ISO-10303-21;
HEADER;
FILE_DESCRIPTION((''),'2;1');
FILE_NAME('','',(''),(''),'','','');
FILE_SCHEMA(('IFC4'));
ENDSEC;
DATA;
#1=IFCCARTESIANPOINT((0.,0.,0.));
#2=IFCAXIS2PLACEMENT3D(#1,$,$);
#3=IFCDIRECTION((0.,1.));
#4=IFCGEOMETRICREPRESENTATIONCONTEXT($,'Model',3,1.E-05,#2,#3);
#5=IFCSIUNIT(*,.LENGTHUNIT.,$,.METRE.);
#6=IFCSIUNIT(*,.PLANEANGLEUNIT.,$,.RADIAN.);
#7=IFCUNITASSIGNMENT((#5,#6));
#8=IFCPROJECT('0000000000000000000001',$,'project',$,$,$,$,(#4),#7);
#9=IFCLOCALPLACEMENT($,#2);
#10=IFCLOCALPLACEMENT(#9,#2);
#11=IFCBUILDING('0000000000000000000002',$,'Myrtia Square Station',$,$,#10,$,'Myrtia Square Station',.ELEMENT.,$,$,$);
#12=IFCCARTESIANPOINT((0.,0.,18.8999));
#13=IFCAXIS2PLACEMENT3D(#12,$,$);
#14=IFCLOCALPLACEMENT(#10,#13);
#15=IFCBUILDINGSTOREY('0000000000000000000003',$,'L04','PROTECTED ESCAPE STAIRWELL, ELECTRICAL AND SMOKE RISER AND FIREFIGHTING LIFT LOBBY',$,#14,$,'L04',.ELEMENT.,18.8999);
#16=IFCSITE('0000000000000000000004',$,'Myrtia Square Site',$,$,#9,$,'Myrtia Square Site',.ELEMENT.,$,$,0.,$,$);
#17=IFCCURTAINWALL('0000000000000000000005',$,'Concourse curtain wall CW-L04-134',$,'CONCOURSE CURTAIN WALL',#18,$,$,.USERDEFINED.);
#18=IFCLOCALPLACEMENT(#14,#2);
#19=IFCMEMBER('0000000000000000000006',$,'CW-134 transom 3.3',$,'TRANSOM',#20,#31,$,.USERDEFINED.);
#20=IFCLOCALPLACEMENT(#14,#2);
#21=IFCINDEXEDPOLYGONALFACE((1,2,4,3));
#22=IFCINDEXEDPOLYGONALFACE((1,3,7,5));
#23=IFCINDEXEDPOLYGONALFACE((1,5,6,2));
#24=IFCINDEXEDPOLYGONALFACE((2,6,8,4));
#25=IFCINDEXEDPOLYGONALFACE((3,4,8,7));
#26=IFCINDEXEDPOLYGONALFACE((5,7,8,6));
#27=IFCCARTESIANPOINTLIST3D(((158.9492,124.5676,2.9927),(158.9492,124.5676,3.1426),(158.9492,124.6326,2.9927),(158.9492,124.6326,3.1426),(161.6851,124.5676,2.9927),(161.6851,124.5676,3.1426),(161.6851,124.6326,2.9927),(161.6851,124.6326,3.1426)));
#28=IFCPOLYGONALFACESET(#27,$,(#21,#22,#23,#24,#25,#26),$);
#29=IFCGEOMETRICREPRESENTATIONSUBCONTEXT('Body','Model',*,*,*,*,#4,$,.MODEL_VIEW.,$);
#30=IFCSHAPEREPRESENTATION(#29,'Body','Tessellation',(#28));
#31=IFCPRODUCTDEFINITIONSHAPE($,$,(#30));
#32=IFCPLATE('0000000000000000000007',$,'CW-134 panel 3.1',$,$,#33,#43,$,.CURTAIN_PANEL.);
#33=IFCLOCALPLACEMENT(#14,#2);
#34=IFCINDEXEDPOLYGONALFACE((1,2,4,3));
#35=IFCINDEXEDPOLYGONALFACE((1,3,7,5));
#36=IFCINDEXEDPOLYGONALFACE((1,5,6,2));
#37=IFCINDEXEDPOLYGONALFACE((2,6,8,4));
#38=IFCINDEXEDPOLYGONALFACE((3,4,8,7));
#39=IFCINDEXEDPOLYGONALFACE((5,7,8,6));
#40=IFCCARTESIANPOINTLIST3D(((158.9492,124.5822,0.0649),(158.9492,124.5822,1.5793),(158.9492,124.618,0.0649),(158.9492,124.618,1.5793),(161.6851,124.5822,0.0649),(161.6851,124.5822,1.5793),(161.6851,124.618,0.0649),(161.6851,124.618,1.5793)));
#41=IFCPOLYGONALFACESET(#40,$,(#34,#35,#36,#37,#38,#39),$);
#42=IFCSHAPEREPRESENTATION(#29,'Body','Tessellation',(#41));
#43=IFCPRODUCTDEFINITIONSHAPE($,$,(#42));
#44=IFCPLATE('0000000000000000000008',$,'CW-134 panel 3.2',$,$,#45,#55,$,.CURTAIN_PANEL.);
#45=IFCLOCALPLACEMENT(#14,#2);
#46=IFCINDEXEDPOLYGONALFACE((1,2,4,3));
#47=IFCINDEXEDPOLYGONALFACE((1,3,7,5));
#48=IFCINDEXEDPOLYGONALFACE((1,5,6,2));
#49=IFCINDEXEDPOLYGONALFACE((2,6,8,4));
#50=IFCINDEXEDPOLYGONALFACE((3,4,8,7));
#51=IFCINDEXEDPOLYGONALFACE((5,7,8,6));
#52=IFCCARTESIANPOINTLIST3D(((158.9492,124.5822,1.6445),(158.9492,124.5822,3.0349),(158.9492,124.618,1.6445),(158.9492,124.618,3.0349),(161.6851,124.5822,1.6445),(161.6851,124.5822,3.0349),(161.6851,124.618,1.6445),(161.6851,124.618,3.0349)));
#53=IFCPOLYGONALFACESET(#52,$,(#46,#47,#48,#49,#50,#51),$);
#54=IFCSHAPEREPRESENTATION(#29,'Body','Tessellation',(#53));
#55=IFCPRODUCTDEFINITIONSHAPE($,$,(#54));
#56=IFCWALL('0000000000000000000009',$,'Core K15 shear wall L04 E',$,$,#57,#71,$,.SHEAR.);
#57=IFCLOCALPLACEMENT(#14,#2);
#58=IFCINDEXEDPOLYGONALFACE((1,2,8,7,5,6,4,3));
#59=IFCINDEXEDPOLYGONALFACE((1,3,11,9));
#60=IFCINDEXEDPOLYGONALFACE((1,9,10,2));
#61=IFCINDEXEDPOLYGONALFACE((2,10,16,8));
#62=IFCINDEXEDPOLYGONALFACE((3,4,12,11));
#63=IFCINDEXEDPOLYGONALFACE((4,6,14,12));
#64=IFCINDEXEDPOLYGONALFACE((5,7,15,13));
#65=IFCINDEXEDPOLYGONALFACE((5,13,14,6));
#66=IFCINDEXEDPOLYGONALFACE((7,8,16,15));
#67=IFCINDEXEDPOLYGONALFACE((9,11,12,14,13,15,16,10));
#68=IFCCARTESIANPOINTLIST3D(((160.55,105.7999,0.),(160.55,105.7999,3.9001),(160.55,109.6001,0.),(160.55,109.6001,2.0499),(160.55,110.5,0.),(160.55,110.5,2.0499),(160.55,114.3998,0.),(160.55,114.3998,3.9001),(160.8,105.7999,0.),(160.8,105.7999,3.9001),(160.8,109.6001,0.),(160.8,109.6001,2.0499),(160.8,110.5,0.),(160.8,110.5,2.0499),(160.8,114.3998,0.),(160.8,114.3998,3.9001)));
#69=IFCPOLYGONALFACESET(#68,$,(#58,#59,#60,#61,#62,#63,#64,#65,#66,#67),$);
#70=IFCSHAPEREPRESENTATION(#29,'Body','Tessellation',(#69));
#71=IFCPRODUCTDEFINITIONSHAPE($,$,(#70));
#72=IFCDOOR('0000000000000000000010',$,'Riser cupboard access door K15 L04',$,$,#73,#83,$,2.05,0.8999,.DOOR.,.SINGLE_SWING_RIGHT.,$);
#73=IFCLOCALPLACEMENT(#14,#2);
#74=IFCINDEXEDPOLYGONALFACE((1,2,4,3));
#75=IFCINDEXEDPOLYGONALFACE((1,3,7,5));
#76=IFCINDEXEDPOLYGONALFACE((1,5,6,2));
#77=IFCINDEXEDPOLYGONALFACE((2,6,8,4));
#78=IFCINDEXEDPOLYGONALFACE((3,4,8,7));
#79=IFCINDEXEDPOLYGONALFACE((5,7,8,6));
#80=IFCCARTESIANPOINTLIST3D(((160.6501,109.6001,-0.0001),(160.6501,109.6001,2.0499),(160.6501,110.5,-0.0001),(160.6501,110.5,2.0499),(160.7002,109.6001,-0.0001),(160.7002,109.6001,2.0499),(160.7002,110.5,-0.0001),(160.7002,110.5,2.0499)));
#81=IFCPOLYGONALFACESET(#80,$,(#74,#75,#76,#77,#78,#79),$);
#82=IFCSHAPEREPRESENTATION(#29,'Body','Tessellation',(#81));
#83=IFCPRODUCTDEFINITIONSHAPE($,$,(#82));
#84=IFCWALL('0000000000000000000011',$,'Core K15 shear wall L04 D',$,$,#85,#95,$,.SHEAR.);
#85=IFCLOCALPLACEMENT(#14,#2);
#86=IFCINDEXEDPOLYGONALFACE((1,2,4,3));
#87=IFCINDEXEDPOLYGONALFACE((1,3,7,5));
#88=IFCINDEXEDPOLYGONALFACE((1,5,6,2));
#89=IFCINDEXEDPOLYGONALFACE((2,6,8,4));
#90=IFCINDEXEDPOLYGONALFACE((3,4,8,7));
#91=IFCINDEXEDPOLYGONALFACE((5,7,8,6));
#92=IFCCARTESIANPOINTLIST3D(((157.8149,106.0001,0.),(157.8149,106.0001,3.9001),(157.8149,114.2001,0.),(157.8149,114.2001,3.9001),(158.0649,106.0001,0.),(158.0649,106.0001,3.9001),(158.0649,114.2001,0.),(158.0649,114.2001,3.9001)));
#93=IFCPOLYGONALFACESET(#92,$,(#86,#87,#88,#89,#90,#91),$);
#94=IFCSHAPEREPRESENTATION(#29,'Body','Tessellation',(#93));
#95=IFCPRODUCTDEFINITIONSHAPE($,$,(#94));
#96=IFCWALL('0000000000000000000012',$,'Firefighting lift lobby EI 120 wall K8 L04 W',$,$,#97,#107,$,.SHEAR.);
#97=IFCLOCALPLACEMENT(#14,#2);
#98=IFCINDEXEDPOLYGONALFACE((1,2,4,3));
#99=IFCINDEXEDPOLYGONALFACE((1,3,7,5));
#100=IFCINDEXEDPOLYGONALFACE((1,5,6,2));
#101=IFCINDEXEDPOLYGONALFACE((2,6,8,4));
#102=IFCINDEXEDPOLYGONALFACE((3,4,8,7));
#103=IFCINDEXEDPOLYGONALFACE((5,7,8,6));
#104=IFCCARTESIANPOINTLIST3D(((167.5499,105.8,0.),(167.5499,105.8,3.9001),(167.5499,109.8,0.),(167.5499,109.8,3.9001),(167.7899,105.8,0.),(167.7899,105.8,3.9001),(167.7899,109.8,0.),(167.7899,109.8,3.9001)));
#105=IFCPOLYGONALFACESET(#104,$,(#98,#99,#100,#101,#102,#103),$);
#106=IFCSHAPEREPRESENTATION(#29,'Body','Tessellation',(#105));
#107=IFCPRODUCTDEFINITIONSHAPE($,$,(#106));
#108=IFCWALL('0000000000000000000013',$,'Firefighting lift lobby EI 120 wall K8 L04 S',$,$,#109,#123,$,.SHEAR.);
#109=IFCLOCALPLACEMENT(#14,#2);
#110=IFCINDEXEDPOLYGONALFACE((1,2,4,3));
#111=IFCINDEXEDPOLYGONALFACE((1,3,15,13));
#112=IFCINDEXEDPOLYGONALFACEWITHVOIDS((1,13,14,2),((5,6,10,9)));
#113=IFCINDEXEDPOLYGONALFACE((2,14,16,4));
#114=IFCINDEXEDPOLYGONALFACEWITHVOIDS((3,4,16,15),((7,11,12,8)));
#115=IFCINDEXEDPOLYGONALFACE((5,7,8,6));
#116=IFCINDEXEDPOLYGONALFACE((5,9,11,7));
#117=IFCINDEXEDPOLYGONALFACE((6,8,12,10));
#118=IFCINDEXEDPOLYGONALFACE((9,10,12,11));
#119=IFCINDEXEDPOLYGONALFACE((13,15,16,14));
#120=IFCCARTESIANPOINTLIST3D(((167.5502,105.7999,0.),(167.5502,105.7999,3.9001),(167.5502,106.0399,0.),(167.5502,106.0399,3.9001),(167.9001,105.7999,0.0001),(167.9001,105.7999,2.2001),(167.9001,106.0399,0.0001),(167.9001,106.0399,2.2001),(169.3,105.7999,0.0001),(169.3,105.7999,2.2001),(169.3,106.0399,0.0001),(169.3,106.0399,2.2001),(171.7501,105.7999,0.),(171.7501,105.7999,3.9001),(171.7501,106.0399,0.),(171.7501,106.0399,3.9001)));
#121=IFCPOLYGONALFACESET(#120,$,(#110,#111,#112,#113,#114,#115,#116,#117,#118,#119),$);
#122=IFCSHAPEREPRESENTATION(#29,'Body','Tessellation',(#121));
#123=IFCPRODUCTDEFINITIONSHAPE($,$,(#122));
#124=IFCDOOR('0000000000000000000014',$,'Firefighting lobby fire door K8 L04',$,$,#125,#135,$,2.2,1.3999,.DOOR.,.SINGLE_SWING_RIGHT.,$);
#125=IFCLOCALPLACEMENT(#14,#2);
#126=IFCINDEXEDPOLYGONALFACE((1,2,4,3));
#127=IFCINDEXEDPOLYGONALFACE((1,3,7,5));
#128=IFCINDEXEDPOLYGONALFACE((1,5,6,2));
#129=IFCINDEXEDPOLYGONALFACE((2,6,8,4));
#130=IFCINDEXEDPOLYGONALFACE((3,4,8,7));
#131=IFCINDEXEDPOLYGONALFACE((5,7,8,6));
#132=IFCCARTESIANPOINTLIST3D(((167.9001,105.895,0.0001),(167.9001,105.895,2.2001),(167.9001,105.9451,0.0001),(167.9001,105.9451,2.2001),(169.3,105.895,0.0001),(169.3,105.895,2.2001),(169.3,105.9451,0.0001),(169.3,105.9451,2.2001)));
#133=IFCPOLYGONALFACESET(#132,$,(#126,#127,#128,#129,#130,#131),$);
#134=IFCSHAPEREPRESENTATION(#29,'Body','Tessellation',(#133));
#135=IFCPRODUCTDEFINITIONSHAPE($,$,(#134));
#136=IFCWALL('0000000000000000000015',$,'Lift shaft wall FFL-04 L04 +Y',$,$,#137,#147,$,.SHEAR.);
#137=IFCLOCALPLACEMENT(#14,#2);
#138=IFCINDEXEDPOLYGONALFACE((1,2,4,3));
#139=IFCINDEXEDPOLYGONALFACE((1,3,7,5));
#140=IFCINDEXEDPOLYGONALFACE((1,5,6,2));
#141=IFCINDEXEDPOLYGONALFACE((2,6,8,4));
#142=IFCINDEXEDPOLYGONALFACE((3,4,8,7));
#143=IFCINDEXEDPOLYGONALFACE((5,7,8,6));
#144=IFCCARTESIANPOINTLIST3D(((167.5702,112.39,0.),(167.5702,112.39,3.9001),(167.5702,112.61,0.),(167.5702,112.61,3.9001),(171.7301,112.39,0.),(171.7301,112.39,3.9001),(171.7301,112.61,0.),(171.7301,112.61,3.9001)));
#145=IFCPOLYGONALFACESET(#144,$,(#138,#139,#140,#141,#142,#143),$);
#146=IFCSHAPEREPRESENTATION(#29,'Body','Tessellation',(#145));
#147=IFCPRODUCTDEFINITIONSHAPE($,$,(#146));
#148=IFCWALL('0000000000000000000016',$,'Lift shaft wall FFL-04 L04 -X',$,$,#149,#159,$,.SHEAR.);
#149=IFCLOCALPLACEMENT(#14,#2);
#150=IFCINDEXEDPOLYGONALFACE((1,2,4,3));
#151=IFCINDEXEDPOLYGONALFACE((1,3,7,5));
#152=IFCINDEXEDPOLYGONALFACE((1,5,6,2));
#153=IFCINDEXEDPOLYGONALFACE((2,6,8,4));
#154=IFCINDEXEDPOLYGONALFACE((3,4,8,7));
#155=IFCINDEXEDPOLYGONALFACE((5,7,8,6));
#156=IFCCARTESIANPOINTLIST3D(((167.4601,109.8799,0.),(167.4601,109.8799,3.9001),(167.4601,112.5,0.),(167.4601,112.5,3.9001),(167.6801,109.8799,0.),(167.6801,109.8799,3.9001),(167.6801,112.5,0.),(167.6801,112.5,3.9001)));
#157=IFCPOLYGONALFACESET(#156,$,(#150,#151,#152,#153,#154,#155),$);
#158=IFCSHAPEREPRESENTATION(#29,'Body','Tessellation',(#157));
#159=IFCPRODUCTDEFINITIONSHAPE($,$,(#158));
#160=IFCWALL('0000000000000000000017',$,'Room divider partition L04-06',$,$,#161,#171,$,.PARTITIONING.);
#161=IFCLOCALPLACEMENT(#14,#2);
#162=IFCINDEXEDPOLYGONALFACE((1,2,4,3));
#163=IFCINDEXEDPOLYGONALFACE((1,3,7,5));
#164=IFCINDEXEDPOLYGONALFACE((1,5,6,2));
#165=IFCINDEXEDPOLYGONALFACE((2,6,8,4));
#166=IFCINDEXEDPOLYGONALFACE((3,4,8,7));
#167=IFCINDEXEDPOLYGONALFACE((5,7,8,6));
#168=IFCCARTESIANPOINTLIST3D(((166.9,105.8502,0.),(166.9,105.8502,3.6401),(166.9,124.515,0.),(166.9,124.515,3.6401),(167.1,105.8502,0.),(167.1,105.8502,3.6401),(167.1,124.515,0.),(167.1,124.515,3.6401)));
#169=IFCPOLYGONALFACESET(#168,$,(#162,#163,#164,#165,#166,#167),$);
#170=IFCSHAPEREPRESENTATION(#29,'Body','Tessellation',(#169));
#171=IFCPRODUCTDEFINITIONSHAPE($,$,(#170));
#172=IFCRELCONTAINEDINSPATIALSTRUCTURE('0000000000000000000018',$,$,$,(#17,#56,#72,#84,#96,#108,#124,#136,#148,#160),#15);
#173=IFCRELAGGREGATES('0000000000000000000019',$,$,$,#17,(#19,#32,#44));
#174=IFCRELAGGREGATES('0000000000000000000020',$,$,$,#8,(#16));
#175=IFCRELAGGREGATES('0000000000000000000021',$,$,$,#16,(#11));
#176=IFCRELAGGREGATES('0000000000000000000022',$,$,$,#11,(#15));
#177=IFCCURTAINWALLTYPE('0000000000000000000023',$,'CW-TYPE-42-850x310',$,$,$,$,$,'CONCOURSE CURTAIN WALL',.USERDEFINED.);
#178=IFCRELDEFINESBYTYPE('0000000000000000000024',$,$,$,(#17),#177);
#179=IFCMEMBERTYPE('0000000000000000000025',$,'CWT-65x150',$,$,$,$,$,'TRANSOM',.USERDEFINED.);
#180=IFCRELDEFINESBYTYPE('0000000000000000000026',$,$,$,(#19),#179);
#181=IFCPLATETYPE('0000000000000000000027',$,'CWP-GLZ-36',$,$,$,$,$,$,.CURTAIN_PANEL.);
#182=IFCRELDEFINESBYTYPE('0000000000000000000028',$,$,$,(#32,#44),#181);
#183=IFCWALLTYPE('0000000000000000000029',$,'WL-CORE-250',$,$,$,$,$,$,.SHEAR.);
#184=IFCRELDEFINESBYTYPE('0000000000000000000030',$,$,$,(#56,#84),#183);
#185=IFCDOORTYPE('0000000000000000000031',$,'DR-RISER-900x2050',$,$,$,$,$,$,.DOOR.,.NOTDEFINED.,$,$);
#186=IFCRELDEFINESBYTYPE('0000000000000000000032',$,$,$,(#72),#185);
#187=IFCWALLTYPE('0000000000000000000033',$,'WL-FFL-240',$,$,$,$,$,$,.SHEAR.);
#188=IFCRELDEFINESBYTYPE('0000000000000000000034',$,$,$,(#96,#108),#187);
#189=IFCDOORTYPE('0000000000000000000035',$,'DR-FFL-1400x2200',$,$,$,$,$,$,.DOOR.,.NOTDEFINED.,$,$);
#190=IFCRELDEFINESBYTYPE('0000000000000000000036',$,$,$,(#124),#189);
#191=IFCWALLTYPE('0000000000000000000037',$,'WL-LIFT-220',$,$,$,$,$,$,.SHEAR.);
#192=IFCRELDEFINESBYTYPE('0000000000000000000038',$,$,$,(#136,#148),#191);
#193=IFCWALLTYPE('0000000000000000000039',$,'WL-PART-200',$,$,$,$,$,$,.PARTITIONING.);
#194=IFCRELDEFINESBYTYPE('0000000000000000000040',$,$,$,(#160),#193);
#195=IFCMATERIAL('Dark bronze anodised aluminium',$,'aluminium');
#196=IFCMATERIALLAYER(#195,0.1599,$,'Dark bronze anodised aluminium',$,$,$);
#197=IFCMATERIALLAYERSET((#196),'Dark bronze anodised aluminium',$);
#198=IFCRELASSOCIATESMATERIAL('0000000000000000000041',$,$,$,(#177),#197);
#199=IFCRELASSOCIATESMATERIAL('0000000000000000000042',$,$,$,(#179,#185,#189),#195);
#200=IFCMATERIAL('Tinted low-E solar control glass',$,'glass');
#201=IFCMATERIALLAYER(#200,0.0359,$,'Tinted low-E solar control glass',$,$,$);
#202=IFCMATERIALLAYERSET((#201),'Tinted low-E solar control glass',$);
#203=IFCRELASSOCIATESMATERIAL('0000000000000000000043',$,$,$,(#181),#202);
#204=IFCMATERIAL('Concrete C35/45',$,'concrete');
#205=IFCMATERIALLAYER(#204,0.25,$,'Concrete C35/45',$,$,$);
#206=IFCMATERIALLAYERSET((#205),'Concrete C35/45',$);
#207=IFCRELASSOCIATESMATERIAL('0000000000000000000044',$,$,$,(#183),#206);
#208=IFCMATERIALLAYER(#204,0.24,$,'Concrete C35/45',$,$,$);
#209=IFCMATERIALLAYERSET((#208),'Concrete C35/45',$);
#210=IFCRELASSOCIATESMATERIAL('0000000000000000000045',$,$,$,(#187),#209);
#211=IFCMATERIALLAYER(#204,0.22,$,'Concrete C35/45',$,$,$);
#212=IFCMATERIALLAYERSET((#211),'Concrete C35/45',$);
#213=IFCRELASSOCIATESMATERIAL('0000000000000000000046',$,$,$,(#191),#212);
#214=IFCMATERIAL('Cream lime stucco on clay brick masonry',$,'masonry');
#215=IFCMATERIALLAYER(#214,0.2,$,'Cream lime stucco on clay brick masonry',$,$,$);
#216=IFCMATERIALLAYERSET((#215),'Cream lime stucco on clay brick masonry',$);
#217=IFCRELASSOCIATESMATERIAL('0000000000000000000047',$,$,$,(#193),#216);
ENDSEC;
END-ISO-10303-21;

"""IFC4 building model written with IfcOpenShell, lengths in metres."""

from ifc_helpers import new_model, si_unit, direction, frame, frame_2d, origin, origin_2d, place, context, subcontext, project, spatial, rectangle, extrude, material, layer, layer_set, material_profile, profile_set, type_object, element, fill, aggregate, save


model = new_model("IFC4")

# Units and contexts
model_context = context("Model", 3, precision=1e-05, world=origin(), true_north=direction((0.0, 1.0)))
body_context = subcontext(model_context, "Body", "Model", "MODEL_VIEW")
ifc_project = project(units=[si_unit("LENGTHUNIT", "METRE"), si_unit("PLANEANGLEUNIT", "RADIAN")], contexts=[model_context])

# Site, building, storey
site_placement = place(None, origin())
site = spatial("IfcSite", under=ifc_project, at=site_placement, Name="Myrtia Square Site", LongName="Myrtia Square Site", CompositionType="ELEMENT", RefElevation=0.0)
building_placement = place(site_placement, origin())
building = spatial("IfcBuilding", under=site, at=building_placement, Name="Myrtia Square Station", LongName="Myrtia Square Station", CompositionType="ELEMENT")
storey_placement = place(building_placement, frame((0.0, 0.0, 18.8999)))
storey = spatial("IfcBuildingStorey", under=building, at=storey_placement, Name="L04", Description="PROTECTED ESCAPE STAIRWELL, ELECTRICAL AND SMOKE RISER AND FIREFIGHTING LIFT LOBBY", LongName="L04", CompositionType="ELEMENT", Elevation=18.8999)

# Curtain wall, member, plates
ifc_material_1 = material(Name="Dark bronze anodised aluminium", Category="aluminium")
ifc_layer_1 = layer(ifc_material_1, 0.1599, Name="Dark bronze anodised aluminium")
ifc_layer_set_1 = layer_set([ifc_layer_1], Name="Dark bronze anodised aluminium")
curtain_wall_type = type_object("IfcCurtainWallType", Name="CW-TYPE-42-850x310", ElementType="CONCOURSE CURTAIN WALL", PredefinedType="USERDEFINED", material=ifc_layer_set_1)
curtain_wall_placement = place(storey_placement, origin())
curtain_wall = element("IfcCurtainWall", 1, at=curtain_wall_placement, inside=storey, type_object=curtain_wall_type, Name="Concourse curtain wall CW-L04-134", ObjectType="CONCOURSE CURTAIN WALL", PredefinedType="USERDEFINED")
ifc_material_profile_1 = material_profile(ifc_material_1, rectangle(XDim=0.0649, YDim=0.1499, at=origin_2d()), Name="ALU-T 65x150")
ifc_profile_set_1 = profile_set([ifc_material_profile_1], Name="Dark bronze anodised aluminium")
member_type_1 = type_object("IfcMemberType", Name="CWT-65x150", ElementType="TRANSOM", PredefinedType="USERDEFINED", material=ifc_profile_set_1)
member_1_placement = place(storey_placement, frame((158.9492, 124.6001, 3.0676), z_axis=(1.0, 0.0, 0.0), x_axis=(0.0, 1.0, 0.0)))
member_1 = element("IfcMember", 2, at=member_1_placement, type_object=member_type_1, Name="CW-134 transom 3.3", ObjectType="TRANSOM", PredefinedType="USERDEFINED", context=body_context, shape_type="SweptSolid", body=[
    extrude(rectangle(XDim=0.0649, YDim=0.1499, at=origin_2d()), origin(), (0.0, 0.0, 1.0), 2.7358),
])
ifc_material_2 = material(Name="Tinted low-E solar control glass", Category="glass")
ifc_layer_2 = layer(ifc_material_2, 0.0359, Name="Tinted low-E solar control glass")
ifc_layer_set_2 = layer_set([ifc_layer_2], Name="Tinted low-E solar control glass")
plate_type = type_object("IfcPlateType", Name="CWP-GLZ-36", PredefinedType="CURTAIN_PANEL", material=ifc_layer_set_2)
plate_1_placement = place(storey_placement, frame((160.3171, 124.6001, 0.0649), z_axis=(0.0, 0.0, 1.0), x_axis=(1.0, 0.0, 0.0)))
plate_1 = element("IfcPlate", 3, at=plate_1_placement, type_object=plate_type, Name="CW-134 panel 3.1", PredefinedType="CURTAIN_PANEL", context=body_context, shape_type="SweptSolid", body=[
    extrude(rectangle(XDim=2.7358, YDim=0.0359, at=origin_2d()), origin(), (0.0, 0.0, 1.0), 1.5144),
])
plate_2_placement = place(storey_placement, frame((160.3171, 124.6001, 1.6445), z_axis=(0.0, 0.0, 1.0), x_axis=(1.0, 0.0, 0.0)))
plate_2 = element("IfcPlate", 4, at=plate_2_placement, type_object=plate_type, Name="CW-134 panel 3.2", PredefinedType="CURTAIN_PANEL", context=body_context, shape_type="SweptSolid", body=[
    extrude(rectangle(XDim=2.7358, YDim=0.0359, at=origin_2d()), origin(), (0.0, 0.0, 1.0), 1.3904),
])
aggregate(curtain_wall, [member_1, plate_1, plate_2])

# Wall, opening, door
ifc_material_3 = material(Name="Concrete C35/45", Category="concrete")
ifc_layer_3 = layer(ifc_material_3, 0.25, Name="Concrete C35/45")
ifc_layer_set_3 = layer_set([ifc_layer_3], Name="Concrete C35/45")
wall_type_1 = type_object("IfcWallType", Name="WL-CORE-250", PredefinedType="SHEAR", material=ifc_layer_set_3)
wall_1_placement = place(storey_placement, frame((160.675, 105.8, 0.0), z_axis=(0.0, 0.0, 1.0), x_axis=(0.0, 1.0, 0.0)))
wall_1 = element("IfcWall", 5, at=wall_1_placement, inside=storey, type_object=wall_type_1, Name="Core K15 shear wall L04 E", PredefinedType="SHEAR", context=body_context, shape_type="SweptSolid", body=[
    extrude(rectangle(XDim=8.5999, YDim=0.25, at=frame_2d((4.2998, 0.0))), origin(), (0.0, 0.0, 1.0), 3.9001),
])
opening_1_placement = place(wall_1_placement, frame((3.8, 0.0, 0.0)))
opening_1 = element("IfcOpeningElement", 6, at=opening_1_placement, cuts=wall_1, PredefinedType="OPENING", context=body_context, shape_type="SweptSolid", body=[
    extrude(rectangle(XDim=0.8999, YDim=2.05, at=frame_2d((0.45, 1.0249))), frame((0.0, 0.1399, 0.0), z_axis=(0.0, -1.0, 0.0), x_axis=(1.0, 0.0, 0.0)), (0.0, 0.0, 1.0), 0.28),
])
door_type_1 = type_object("IfcDoorType", Name="DR-RISER-900x2050", OperationType="NOTDEFINED", PredefinedType="DOOR", material=ifc_material_1)
door_1_placement = place(opening_1_placement, origin())
door_1 = element("IfcDoor", 7, at=door_1_placement, inside=storey, type_object=door_type_1, Name="Riser cupboard access door K15 L04", OperationType="SINGLE_SWING_RIGHT", OverallHeight=2.05, OverallWidth=0.8999, PredefinedType="DOOR", context=body_context, shape_type="SweptSolid", body=[
    extrude(rectangle(XDim=0.8999, YDim=2.05, at=frame_2d((0.45, 1.0249))), frame((0.0, 0.0249, 0.0), z_axis=(0.0, -1.0, 0.0), x_axis=(1.0, 0.0, 0.0)), (0.0, 0.0, 1.0), 0.05),
])
fill(opening_1, door_1)

# Walls
wall_2_placement = place(storey_placement, frame((157.9399, 106.0, 0.0), z_axis=(0.0, 0.0, 1.0), x_axis=(0.0, 1.0, 0.0)))
element("IfcWall", 8, at=wall_2_placement, inside=storey, type_object=wall_type_1, Name="Core K15 shear wall L04 D", PredefinedType="SHEAR", context=body_context, shape_type="SweptSolid", body=[
    extrude(rectangle(XDim=8.2, YDim=0.25, at=frame_2d((4.1001, 0.0))), origin(), (0.0, 0.0, 1.0), 3.9001),
])
ifc_layer_4 = layer(ifc_material_3, 0.24, Name="Concrete C35/45")
ifc_layer_set_4 = layer_set([ifc_layer_4], Name="Concrete C35/45")
wall_type_2 = type_object("IfcWallType", Name="WL-FFL-240", PredefinedType="SHEAR", material=ifc_layer_set_4)
wall_3_placement = place(storey_placement, frame((167.6699, 105.8, 0.0), z_axis=(0.0, 0.0, 1.0), x_axis=(0.0, 1.0, 0.0)))
element("IfcWall", 9, at=wall_3_placement, inside=storey, type_object=wall_type_2, Name="Firefighting lift lobby EI 120 wall K8 L04 W", PredefinedType="SHEAR", context=body_context, shape_type="SweptSolid", body=[
    extrude(rectangle(XDim=4.0, YDim=0.24, at=frame_2d((2.0, 0.0))), origin(), (0.0, 0.0, 1.0), 3.9001),
])

# Wall, opening, door
wall_4_placement = place(storey_placement, frame((167.55, 105.9199, 0.0), z_axis=(0.0, 0.0, 1.0), x_axis=(1.0, 0.0, 0.0)))
wall_4 = element("IfcWall", 10, at=wall_4_placement, inside=storey, type_object=wall_type_2, Name="Firefighting lift lobby EI 120 wall K8 L04 S", PredefinedType="SHEAR", context=body_context, shape_type="SweptSolid", body=[
    extrude(rectangle(XDim=4.2, YDim=0.24, at=frame_2d((2.1001, 0.0))), origin(), (0.0, 0.0, 1.0), 3.9001),
])
opening_2_placement = place(wall_4_placement, frame((0.3501, 0.0, 0.0)))
opening_2 = element("IfcOpeningElement", 11, at=opening_2_placement, cuts=wall_4, PredefinedType="OPENING", context=body_context, shape_type="SweptSolid", body=[
    extrude(rectangle(XDim=1.3999, YDim=2.2, at=frame_2d((0.7, 1.1001))), frame((0.0, 0.135, 0.0), z_axis=(0.0, -1.0, 0.0), x_axis=(1.0, 0.0, 0.0)), (0.0, 0.0, 1.0), 0.27),
])
door_type_2 = type_object("IfcDoorType", Name="DR-FFL-1400x2200", OperationType="NOTDEFINED", PredefinedType="DOOR", material=ifc_material_1)
door_2_placement = place(opening_2_placement, frame((1.3999, 0.0, 0.0), z_axis=(0.0, 0.0, 1.0), x_axis=(-1.0, 0.0, 0.0)))
door_2 = element("IfcDoor", 12, at=door_2_placement, inside=storey, type_object=door_type_2, Name="Firefighting lobby fire door K8 L04", OperationType="SINGLE_SWING_RIGHT", OverallHeight=2.2, OverallWidth=1.3999, PredefinedType="DOOR", context=body_context, shape_type="SweptSolid", body=[
    extrude(rectangle(XDim=1.3999, YDim=2.2, at=frame_2d((0.7, 1.1001))), frame((0.0, 0.0249, 0.0), z_axis=(0.0, -1.0, 0.0), x_axis=(1.0, 0.0, 0.0)), (0.0, 0.0, 1.0), 0.05),
])
fill(opening_2, door_2)
ifc_layer_5 = layer(ifc_material_3, 0.22, Name="Concrete C35/45")
ifc_layer_set_5 = layer_set([ifc_layer_5], Name="Concrete C35/45")
wall_type_3 = type_object("IfcWallType", Name="WL-LIFT-220", PredefinedType="SHEAR", material=ifc_layer_set_5)

# Walls
wall_5_placement = place(storey_placement, frame((167.5701, 112.5, 0.0), z_axis=(0.0, 0.0, 1.0), x_axis=(1.0, 0.0, 0.0)))
element("IfcWall", 13, at=wall_5_placement, inside=storey, type_object=wall_type_3, Name="Lift shaft wall FFL-04 L04 +Y", PredefinedType="SHEAR", context=body_context, shape_type="SweptSolid", body=[
    extrude(rectangle(XDim=4.1599, YDim=0.22, at=frame_2d((2.0801, 0.0))), origin(), (0.0, 0.0, 1.0), 3.9001),
])
wall_6_placement = place(storey_placement, frame((167.5701, 109.8799, 0.0), z_axis=(0.0, 0.0, 1.0), x_axis=(0.0, 1.0, 0.0)))
element("IfcWall", 14, at=wall_6_placement, inside=storey, type_object=wall_type_3, Name="Lift shaft wall FFL-04 L04 -X", PredefinedType="SHEAR", context=body_context, shape_type="SweptSolid", body=[
    extrude(rectangle(XDim=2.6201, YDim=0.22, at=frame_2d((1.3101, 0.0))), origin(), (0.0, 0.0, 1.0), 3.9001),
])
ifc_material_4 = material(Name="Cream lime stucco on clay brick masonry", Category="masonry")
ifc_layer_6 = layer(ifc_material_4, 0.2, Name="Cream lime stucco on clay brick masonry")
ifc_layer_set_6 = layer_set([ifc_layer_6], Name="Cream lime stucco on clay brick masonry")
wall_type_4 = type_object("IfcWallType", Name="WL-PART-200", PredefinedType="PARTITIONING", material=ifc_layer_set_6)
wall_7_placement = place(storey_placement, frame((167.0, 105.8501, 0.0), z_axis=(0.0, 0.0, 1.0), x_axis=(0.0, 1.0, 0.0)))
element("IfcWall", 15, at=wall_7_placement, inside=storey, type_object=wall_type_4, Name="Room divider partition L04-06", PredefinedType="PARTITIONING", context=body_context, shape_type="SweptSolid", body=[
    extrude(rectangle(XDim=18.6648, YDim=0.2, at=frame_2d((9.3325, 0.0))), origin(), (0.0, 0.0, 1.0), 3.6401),
])

save(model, "model.ifc")
